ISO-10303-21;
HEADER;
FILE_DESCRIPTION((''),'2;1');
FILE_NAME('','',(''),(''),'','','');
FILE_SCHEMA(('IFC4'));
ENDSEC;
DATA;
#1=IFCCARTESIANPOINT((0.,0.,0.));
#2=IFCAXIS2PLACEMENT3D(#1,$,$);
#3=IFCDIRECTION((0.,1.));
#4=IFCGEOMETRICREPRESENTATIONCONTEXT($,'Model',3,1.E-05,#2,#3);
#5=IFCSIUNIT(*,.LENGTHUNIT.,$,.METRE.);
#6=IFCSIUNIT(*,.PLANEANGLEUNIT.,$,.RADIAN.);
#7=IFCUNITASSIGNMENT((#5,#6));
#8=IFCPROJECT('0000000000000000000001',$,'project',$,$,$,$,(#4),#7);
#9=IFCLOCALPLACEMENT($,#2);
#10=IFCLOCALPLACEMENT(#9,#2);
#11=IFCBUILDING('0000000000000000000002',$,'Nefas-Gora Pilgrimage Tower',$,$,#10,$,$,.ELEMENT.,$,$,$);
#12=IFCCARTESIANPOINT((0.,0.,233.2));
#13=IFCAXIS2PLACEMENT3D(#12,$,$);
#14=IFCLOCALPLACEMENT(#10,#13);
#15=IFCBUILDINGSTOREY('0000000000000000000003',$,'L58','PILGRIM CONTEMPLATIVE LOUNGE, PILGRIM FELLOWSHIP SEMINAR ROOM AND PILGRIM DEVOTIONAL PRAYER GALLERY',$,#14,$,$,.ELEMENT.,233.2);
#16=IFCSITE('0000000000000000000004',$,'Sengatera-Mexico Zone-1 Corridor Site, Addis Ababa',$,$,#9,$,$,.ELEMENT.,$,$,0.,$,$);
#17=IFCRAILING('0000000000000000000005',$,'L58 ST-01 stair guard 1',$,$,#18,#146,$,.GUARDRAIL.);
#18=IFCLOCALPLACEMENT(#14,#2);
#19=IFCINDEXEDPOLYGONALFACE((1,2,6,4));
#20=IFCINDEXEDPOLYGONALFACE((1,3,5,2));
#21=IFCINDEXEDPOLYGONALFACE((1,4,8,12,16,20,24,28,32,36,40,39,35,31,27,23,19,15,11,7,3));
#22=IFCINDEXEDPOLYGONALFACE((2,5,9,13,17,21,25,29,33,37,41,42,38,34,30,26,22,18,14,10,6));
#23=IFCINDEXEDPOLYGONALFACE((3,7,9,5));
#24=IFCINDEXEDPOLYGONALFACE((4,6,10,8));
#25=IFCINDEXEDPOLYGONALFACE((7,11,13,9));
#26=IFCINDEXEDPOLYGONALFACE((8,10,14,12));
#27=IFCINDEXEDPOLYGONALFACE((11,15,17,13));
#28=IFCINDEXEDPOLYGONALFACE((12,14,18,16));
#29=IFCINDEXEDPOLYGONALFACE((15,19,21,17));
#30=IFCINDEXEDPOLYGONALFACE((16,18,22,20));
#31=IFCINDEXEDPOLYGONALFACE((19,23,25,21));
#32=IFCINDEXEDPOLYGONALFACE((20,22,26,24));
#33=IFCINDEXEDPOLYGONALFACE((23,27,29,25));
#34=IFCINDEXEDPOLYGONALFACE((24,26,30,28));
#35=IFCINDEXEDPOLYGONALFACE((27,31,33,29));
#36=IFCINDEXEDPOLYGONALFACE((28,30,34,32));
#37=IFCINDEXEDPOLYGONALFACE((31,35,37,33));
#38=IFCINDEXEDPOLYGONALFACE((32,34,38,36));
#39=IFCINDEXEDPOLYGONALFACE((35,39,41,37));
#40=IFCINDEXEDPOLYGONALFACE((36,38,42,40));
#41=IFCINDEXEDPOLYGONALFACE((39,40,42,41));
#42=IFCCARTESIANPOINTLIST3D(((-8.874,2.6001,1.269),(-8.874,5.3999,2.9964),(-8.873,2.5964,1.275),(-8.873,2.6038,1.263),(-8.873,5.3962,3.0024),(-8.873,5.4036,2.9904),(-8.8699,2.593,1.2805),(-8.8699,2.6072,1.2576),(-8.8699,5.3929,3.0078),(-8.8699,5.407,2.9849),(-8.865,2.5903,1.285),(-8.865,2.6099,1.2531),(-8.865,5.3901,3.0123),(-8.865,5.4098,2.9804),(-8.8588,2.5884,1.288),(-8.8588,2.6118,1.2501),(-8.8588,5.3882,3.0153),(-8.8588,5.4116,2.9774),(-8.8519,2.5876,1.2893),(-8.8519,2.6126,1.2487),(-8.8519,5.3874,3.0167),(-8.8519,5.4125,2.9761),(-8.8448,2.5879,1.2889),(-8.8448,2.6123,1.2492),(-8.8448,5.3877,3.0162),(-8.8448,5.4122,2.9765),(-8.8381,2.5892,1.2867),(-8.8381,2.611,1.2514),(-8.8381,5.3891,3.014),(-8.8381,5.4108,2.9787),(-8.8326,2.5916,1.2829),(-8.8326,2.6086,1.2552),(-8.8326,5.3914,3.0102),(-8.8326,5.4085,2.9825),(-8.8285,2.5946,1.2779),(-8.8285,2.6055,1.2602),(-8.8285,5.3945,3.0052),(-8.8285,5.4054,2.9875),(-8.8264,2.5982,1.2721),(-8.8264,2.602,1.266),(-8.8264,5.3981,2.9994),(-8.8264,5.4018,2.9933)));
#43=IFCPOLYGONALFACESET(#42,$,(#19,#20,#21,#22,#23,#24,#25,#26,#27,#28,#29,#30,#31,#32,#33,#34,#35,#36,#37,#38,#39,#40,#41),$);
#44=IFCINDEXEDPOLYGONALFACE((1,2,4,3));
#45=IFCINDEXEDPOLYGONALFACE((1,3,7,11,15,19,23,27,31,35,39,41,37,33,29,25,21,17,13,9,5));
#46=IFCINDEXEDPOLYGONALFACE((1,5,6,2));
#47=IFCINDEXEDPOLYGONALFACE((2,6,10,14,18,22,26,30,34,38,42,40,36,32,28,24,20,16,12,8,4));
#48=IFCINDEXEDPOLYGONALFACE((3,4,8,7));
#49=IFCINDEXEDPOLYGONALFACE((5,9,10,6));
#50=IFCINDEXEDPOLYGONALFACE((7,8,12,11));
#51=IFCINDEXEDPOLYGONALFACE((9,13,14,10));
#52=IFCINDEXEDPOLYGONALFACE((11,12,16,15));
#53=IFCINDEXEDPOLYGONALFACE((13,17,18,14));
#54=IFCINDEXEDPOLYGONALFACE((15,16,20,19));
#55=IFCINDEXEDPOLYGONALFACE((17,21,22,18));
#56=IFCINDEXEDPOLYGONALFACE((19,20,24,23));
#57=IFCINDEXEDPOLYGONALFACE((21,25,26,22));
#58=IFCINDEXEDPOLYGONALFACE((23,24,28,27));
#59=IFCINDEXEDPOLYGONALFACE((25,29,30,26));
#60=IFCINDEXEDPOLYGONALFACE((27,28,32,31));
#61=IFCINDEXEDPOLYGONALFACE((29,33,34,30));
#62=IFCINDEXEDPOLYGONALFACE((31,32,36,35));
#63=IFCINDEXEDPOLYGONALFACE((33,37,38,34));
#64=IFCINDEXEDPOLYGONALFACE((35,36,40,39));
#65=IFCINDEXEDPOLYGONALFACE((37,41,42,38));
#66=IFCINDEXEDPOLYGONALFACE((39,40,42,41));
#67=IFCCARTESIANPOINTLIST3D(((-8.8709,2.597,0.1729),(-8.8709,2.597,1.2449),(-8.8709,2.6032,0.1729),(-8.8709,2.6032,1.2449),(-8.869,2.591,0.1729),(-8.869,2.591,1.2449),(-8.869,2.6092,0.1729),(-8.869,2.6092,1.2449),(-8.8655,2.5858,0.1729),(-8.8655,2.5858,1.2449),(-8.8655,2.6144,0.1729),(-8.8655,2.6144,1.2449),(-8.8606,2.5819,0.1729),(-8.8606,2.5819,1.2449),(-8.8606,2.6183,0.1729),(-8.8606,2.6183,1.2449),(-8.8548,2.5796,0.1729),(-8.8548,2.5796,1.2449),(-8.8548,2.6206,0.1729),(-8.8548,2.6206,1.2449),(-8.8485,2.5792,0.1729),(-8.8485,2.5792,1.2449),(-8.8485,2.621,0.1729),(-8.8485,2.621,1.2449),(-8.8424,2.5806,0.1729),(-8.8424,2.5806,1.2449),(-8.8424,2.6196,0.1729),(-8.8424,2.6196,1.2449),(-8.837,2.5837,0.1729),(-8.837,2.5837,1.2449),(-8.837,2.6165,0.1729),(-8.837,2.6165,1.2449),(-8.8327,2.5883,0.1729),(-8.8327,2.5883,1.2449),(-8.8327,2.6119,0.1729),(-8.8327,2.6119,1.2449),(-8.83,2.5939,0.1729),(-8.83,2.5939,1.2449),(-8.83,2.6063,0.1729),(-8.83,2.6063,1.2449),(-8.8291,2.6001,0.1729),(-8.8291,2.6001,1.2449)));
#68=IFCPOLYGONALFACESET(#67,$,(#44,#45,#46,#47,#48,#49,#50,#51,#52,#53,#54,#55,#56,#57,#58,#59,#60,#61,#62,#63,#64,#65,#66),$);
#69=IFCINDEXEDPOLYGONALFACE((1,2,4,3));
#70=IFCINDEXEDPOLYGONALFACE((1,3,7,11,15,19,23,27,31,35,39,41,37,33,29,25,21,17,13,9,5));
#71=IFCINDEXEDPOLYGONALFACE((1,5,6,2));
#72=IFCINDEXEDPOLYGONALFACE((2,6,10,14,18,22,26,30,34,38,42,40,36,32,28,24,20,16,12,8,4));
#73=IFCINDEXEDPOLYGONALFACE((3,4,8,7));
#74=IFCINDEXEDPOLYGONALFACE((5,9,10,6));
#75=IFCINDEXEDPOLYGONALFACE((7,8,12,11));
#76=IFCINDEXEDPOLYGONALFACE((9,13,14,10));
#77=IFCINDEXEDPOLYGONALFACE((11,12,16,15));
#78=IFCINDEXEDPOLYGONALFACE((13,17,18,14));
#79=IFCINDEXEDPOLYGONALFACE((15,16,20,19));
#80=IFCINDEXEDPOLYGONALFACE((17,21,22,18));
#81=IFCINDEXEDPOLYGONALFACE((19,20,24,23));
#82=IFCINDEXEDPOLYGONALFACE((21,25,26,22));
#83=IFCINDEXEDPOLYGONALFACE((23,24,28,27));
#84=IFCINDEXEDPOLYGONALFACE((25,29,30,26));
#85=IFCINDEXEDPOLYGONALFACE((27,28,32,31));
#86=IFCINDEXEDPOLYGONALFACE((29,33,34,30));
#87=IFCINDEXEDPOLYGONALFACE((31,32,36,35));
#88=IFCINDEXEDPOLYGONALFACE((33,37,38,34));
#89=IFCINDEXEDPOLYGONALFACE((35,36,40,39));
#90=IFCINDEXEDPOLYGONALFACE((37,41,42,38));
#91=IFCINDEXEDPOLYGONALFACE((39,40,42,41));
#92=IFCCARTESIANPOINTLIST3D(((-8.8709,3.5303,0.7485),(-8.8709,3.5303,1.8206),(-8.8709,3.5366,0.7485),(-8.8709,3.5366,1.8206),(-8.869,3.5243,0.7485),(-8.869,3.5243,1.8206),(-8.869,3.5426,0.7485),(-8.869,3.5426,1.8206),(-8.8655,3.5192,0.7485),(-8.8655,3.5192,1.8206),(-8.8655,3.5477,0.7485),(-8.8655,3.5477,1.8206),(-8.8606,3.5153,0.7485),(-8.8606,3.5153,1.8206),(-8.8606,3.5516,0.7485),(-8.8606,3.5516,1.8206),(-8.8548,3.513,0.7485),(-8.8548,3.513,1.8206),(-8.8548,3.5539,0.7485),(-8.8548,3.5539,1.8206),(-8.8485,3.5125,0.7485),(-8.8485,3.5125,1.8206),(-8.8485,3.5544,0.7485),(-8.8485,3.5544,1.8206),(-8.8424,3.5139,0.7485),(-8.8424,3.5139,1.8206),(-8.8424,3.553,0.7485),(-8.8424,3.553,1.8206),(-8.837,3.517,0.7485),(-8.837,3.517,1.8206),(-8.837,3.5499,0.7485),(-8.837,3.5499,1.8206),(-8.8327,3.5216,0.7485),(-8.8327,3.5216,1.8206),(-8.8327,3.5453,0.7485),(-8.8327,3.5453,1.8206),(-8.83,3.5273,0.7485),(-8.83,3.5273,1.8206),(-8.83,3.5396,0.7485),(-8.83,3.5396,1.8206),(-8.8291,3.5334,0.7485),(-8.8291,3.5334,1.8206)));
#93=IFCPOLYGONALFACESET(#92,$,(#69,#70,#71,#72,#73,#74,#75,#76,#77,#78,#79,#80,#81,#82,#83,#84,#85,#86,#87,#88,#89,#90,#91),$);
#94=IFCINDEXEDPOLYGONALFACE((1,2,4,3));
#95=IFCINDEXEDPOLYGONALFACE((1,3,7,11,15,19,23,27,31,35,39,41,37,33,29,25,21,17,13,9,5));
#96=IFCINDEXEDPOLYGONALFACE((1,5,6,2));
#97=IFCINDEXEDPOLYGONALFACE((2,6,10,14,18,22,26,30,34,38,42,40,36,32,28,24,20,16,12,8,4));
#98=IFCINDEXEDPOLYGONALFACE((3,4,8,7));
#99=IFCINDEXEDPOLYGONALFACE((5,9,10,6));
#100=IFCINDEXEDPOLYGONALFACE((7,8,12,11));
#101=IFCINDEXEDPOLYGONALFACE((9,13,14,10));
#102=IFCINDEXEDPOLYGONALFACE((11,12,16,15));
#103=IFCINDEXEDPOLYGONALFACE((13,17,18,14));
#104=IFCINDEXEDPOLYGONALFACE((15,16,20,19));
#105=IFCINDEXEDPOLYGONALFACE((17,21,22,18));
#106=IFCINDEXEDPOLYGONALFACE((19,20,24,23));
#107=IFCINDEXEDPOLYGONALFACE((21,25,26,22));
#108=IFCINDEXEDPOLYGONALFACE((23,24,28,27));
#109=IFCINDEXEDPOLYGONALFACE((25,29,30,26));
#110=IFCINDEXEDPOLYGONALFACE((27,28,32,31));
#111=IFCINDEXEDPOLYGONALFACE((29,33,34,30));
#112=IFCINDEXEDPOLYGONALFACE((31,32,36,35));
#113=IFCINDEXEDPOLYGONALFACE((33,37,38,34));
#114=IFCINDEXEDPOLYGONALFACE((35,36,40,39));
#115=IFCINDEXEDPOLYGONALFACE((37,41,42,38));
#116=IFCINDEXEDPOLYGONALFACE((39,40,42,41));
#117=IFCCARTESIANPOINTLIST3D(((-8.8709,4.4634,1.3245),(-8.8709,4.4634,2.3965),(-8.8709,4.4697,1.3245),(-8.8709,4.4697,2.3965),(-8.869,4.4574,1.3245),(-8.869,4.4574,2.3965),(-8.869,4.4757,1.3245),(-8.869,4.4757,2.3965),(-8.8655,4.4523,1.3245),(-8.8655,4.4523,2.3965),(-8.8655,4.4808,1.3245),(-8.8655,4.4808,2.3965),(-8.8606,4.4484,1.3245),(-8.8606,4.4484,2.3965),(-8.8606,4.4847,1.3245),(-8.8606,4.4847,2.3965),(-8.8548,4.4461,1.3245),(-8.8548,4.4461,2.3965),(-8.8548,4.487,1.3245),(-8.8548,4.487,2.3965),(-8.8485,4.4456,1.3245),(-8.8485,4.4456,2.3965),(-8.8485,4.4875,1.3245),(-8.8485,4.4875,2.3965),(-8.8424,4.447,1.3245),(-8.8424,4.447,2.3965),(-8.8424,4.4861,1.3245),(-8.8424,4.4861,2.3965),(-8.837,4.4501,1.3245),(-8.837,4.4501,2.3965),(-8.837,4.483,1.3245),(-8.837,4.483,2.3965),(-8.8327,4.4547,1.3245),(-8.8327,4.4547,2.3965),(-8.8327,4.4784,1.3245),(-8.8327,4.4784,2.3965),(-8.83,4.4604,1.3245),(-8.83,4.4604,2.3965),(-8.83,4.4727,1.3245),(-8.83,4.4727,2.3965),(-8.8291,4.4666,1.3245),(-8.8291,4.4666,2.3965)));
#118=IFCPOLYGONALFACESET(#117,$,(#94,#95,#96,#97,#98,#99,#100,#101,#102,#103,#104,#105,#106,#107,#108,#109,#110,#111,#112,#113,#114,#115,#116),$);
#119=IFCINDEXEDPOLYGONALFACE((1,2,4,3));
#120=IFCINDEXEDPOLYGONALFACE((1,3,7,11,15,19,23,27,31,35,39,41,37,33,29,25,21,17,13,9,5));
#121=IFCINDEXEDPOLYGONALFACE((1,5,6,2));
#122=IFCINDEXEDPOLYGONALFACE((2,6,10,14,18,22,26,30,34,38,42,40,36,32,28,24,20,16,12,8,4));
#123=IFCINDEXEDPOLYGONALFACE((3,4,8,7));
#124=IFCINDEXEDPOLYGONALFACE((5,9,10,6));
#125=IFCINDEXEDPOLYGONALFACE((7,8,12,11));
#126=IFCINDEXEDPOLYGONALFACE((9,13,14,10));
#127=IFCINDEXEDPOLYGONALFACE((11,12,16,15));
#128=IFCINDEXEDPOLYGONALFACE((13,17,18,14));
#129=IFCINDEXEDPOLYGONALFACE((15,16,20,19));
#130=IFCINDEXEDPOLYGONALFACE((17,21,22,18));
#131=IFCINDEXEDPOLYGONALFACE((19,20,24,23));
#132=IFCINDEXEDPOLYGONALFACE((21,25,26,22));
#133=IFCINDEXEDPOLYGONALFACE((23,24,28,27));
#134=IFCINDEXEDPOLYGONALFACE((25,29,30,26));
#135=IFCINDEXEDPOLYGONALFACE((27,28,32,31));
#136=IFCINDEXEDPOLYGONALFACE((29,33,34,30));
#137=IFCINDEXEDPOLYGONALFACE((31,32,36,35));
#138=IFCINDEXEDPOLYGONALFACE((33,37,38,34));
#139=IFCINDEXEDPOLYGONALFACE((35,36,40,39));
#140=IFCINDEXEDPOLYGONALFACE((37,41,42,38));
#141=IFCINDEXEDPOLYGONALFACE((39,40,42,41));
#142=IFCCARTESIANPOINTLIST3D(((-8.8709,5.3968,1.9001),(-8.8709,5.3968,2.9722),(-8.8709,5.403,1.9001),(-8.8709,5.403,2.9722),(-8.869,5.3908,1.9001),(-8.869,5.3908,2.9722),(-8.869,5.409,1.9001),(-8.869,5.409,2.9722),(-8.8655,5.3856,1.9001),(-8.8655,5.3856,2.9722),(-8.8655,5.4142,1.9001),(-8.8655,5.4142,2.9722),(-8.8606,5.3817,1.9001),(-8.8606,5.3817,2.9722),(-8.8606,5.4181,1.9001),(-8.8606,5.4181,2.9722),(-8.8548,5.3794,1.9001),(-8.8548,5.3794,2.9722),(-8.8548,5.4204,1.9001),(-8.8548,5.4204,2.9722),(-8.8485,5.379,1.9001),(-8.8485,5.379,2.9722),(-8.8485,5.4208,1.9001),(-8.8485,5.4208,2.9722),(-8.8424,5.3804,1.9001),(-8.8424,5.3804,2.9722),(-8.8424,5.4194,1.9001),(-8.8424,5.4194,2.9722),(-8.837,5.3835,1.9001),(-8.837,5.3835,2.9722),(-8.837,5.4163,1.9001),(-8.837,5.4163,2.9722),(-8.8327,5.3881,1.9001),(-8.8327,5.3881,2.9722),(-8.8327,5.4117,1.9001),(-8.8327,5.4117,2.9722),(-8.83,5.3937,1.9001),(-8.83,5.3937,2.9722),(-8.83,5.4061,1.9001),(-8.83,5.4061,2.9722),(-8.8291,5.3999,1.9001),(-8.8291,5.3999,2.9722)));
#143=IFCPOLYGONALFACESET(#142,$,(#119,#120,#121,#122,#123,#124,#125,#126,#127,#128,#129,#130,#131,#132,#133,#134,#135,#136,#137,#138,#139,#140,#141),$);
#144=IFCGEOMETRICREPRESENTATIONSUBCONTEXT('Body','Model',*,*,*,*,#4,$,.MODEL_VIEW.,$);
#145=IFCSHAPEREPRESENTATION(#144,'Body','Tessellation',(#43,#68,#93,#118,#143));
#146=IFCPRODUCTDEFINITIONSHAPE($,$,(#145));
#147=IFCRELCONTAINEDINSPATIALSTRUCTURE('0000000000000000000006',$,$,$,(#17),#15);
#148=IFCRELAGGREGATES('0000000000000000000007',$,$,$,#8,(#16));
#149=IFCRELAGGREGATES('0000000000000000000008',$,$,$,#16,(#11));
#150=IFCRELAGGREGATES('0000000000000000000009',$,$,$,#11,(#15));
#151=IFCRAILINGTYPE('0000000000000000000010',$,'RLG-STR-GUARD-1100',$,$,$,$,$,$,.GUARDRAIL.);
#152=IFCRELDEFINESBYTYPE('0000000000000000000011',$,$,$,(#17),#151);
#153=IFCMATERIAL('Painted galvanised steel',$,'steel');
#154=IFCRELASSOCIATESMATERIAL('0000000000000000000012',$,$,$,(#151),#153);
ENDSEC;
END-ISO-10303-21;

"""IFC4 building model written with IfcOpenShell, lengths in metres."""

from ifc_helpers import new_model, si_unit, direction, frame, origin, origin_2d, place, context, subcontext, project, spatial, circle, extrude, material, type_object, element, save


model = new_model("IFC4")

# Units and contexts
model_context = context("Model", 3, precision=1e-05, world=origin(), true_north=direction((0.0, 1.0)))
body_context = subcontext(model_context, "Body", "Model", "MODEL_VIEW")
ifc_project = project(units=[si_unit("LENGTHUNIT", "METRE"), si_unit("PLANEANGLEUNIT", "RADIAN")], contexts=[model_context])

# Site, building, storey
site_placement = place(None, origin())
site = spatial("IfcSite", under=ifc_project, at=site_placement, Name="Sengatera-Mexico Zone-1 Corridor Site, Addis Ababa", CompositionType="ELEMENT", RefElevation=0.0)
building_placement = place(site_placement, origin())
building = spatial("IfcBuilding", under=site, at=building_placement, Name="Nefas-Gora Pilgrimage Tower", CompositionType="ELEMENT")
storey_placement = place(building_placement, frame((0.0, 0.0, 233.2)))
storey = spatial("IfcBuildingStorey", under=building, at=storey_placement, Name="L58", Description="PILGRIM CONTEMPLATIVE LOUNGE, PILGRIM FELLOWSHIP SEMINAR ROOM AND PILGRIM DEVOTIONAL PRAYER GALLERY", CompositionType="ELEMENT", Elevation=233.2)

# Railing
ifc_material_1 = material(Name="Painted galvanised steel", Category="steel")
railing_type_1 = type_object("IfcRailingType", Name="RLG-STR-GUARD-1100", PredefinedType="GUARDRAIL", material=ifc_material_1)
railing_1_placement = place(storey_placement, frame((-8.8501, 2.6001, 0.1729)))
element("IfcRailing", 1, at=railing_1_placement, inside=storey, type_object=railing_type_1, Name="L58 ST-01 stair guard 1", PredefinedType="GUARDRAIL", context=body_context, shape_type="SweptSolid", body=[
    extrude(circle(Radius=0.0239, at=origin_2d()), frame((0.0, 0.0, 1.0962), z_axis=(0.0, 0.851069, 0.525054), x_axis=(-1.0, 0.0, 0.0)), (0.0, 0.0, 1.0), 3.2898),
    extrude(circle(Radius=0.021, at=origin_2d()), origin(), (0.0, 0.0, 1.0), 1.072),
    extrude(circle(Radius=0.021, at=origin_2d()), frame((0.0, 0.9333, 0.5757)), (0.0, 0.0, 1.0), 1.072),
    extrude(circle(Radius=0.021, at=origin_2d()), frame((0.0, 1.8665, 1.1516)), (0.0, 0.0, 1.0), 1.072),
    extrude(circle(Radius=0.021, at=origin_2d()), frame((0.0, 2.7998, 1.7273)), (0.0, 0.0, 1.0), 1.072),
])

save(model, "model.ifc")
